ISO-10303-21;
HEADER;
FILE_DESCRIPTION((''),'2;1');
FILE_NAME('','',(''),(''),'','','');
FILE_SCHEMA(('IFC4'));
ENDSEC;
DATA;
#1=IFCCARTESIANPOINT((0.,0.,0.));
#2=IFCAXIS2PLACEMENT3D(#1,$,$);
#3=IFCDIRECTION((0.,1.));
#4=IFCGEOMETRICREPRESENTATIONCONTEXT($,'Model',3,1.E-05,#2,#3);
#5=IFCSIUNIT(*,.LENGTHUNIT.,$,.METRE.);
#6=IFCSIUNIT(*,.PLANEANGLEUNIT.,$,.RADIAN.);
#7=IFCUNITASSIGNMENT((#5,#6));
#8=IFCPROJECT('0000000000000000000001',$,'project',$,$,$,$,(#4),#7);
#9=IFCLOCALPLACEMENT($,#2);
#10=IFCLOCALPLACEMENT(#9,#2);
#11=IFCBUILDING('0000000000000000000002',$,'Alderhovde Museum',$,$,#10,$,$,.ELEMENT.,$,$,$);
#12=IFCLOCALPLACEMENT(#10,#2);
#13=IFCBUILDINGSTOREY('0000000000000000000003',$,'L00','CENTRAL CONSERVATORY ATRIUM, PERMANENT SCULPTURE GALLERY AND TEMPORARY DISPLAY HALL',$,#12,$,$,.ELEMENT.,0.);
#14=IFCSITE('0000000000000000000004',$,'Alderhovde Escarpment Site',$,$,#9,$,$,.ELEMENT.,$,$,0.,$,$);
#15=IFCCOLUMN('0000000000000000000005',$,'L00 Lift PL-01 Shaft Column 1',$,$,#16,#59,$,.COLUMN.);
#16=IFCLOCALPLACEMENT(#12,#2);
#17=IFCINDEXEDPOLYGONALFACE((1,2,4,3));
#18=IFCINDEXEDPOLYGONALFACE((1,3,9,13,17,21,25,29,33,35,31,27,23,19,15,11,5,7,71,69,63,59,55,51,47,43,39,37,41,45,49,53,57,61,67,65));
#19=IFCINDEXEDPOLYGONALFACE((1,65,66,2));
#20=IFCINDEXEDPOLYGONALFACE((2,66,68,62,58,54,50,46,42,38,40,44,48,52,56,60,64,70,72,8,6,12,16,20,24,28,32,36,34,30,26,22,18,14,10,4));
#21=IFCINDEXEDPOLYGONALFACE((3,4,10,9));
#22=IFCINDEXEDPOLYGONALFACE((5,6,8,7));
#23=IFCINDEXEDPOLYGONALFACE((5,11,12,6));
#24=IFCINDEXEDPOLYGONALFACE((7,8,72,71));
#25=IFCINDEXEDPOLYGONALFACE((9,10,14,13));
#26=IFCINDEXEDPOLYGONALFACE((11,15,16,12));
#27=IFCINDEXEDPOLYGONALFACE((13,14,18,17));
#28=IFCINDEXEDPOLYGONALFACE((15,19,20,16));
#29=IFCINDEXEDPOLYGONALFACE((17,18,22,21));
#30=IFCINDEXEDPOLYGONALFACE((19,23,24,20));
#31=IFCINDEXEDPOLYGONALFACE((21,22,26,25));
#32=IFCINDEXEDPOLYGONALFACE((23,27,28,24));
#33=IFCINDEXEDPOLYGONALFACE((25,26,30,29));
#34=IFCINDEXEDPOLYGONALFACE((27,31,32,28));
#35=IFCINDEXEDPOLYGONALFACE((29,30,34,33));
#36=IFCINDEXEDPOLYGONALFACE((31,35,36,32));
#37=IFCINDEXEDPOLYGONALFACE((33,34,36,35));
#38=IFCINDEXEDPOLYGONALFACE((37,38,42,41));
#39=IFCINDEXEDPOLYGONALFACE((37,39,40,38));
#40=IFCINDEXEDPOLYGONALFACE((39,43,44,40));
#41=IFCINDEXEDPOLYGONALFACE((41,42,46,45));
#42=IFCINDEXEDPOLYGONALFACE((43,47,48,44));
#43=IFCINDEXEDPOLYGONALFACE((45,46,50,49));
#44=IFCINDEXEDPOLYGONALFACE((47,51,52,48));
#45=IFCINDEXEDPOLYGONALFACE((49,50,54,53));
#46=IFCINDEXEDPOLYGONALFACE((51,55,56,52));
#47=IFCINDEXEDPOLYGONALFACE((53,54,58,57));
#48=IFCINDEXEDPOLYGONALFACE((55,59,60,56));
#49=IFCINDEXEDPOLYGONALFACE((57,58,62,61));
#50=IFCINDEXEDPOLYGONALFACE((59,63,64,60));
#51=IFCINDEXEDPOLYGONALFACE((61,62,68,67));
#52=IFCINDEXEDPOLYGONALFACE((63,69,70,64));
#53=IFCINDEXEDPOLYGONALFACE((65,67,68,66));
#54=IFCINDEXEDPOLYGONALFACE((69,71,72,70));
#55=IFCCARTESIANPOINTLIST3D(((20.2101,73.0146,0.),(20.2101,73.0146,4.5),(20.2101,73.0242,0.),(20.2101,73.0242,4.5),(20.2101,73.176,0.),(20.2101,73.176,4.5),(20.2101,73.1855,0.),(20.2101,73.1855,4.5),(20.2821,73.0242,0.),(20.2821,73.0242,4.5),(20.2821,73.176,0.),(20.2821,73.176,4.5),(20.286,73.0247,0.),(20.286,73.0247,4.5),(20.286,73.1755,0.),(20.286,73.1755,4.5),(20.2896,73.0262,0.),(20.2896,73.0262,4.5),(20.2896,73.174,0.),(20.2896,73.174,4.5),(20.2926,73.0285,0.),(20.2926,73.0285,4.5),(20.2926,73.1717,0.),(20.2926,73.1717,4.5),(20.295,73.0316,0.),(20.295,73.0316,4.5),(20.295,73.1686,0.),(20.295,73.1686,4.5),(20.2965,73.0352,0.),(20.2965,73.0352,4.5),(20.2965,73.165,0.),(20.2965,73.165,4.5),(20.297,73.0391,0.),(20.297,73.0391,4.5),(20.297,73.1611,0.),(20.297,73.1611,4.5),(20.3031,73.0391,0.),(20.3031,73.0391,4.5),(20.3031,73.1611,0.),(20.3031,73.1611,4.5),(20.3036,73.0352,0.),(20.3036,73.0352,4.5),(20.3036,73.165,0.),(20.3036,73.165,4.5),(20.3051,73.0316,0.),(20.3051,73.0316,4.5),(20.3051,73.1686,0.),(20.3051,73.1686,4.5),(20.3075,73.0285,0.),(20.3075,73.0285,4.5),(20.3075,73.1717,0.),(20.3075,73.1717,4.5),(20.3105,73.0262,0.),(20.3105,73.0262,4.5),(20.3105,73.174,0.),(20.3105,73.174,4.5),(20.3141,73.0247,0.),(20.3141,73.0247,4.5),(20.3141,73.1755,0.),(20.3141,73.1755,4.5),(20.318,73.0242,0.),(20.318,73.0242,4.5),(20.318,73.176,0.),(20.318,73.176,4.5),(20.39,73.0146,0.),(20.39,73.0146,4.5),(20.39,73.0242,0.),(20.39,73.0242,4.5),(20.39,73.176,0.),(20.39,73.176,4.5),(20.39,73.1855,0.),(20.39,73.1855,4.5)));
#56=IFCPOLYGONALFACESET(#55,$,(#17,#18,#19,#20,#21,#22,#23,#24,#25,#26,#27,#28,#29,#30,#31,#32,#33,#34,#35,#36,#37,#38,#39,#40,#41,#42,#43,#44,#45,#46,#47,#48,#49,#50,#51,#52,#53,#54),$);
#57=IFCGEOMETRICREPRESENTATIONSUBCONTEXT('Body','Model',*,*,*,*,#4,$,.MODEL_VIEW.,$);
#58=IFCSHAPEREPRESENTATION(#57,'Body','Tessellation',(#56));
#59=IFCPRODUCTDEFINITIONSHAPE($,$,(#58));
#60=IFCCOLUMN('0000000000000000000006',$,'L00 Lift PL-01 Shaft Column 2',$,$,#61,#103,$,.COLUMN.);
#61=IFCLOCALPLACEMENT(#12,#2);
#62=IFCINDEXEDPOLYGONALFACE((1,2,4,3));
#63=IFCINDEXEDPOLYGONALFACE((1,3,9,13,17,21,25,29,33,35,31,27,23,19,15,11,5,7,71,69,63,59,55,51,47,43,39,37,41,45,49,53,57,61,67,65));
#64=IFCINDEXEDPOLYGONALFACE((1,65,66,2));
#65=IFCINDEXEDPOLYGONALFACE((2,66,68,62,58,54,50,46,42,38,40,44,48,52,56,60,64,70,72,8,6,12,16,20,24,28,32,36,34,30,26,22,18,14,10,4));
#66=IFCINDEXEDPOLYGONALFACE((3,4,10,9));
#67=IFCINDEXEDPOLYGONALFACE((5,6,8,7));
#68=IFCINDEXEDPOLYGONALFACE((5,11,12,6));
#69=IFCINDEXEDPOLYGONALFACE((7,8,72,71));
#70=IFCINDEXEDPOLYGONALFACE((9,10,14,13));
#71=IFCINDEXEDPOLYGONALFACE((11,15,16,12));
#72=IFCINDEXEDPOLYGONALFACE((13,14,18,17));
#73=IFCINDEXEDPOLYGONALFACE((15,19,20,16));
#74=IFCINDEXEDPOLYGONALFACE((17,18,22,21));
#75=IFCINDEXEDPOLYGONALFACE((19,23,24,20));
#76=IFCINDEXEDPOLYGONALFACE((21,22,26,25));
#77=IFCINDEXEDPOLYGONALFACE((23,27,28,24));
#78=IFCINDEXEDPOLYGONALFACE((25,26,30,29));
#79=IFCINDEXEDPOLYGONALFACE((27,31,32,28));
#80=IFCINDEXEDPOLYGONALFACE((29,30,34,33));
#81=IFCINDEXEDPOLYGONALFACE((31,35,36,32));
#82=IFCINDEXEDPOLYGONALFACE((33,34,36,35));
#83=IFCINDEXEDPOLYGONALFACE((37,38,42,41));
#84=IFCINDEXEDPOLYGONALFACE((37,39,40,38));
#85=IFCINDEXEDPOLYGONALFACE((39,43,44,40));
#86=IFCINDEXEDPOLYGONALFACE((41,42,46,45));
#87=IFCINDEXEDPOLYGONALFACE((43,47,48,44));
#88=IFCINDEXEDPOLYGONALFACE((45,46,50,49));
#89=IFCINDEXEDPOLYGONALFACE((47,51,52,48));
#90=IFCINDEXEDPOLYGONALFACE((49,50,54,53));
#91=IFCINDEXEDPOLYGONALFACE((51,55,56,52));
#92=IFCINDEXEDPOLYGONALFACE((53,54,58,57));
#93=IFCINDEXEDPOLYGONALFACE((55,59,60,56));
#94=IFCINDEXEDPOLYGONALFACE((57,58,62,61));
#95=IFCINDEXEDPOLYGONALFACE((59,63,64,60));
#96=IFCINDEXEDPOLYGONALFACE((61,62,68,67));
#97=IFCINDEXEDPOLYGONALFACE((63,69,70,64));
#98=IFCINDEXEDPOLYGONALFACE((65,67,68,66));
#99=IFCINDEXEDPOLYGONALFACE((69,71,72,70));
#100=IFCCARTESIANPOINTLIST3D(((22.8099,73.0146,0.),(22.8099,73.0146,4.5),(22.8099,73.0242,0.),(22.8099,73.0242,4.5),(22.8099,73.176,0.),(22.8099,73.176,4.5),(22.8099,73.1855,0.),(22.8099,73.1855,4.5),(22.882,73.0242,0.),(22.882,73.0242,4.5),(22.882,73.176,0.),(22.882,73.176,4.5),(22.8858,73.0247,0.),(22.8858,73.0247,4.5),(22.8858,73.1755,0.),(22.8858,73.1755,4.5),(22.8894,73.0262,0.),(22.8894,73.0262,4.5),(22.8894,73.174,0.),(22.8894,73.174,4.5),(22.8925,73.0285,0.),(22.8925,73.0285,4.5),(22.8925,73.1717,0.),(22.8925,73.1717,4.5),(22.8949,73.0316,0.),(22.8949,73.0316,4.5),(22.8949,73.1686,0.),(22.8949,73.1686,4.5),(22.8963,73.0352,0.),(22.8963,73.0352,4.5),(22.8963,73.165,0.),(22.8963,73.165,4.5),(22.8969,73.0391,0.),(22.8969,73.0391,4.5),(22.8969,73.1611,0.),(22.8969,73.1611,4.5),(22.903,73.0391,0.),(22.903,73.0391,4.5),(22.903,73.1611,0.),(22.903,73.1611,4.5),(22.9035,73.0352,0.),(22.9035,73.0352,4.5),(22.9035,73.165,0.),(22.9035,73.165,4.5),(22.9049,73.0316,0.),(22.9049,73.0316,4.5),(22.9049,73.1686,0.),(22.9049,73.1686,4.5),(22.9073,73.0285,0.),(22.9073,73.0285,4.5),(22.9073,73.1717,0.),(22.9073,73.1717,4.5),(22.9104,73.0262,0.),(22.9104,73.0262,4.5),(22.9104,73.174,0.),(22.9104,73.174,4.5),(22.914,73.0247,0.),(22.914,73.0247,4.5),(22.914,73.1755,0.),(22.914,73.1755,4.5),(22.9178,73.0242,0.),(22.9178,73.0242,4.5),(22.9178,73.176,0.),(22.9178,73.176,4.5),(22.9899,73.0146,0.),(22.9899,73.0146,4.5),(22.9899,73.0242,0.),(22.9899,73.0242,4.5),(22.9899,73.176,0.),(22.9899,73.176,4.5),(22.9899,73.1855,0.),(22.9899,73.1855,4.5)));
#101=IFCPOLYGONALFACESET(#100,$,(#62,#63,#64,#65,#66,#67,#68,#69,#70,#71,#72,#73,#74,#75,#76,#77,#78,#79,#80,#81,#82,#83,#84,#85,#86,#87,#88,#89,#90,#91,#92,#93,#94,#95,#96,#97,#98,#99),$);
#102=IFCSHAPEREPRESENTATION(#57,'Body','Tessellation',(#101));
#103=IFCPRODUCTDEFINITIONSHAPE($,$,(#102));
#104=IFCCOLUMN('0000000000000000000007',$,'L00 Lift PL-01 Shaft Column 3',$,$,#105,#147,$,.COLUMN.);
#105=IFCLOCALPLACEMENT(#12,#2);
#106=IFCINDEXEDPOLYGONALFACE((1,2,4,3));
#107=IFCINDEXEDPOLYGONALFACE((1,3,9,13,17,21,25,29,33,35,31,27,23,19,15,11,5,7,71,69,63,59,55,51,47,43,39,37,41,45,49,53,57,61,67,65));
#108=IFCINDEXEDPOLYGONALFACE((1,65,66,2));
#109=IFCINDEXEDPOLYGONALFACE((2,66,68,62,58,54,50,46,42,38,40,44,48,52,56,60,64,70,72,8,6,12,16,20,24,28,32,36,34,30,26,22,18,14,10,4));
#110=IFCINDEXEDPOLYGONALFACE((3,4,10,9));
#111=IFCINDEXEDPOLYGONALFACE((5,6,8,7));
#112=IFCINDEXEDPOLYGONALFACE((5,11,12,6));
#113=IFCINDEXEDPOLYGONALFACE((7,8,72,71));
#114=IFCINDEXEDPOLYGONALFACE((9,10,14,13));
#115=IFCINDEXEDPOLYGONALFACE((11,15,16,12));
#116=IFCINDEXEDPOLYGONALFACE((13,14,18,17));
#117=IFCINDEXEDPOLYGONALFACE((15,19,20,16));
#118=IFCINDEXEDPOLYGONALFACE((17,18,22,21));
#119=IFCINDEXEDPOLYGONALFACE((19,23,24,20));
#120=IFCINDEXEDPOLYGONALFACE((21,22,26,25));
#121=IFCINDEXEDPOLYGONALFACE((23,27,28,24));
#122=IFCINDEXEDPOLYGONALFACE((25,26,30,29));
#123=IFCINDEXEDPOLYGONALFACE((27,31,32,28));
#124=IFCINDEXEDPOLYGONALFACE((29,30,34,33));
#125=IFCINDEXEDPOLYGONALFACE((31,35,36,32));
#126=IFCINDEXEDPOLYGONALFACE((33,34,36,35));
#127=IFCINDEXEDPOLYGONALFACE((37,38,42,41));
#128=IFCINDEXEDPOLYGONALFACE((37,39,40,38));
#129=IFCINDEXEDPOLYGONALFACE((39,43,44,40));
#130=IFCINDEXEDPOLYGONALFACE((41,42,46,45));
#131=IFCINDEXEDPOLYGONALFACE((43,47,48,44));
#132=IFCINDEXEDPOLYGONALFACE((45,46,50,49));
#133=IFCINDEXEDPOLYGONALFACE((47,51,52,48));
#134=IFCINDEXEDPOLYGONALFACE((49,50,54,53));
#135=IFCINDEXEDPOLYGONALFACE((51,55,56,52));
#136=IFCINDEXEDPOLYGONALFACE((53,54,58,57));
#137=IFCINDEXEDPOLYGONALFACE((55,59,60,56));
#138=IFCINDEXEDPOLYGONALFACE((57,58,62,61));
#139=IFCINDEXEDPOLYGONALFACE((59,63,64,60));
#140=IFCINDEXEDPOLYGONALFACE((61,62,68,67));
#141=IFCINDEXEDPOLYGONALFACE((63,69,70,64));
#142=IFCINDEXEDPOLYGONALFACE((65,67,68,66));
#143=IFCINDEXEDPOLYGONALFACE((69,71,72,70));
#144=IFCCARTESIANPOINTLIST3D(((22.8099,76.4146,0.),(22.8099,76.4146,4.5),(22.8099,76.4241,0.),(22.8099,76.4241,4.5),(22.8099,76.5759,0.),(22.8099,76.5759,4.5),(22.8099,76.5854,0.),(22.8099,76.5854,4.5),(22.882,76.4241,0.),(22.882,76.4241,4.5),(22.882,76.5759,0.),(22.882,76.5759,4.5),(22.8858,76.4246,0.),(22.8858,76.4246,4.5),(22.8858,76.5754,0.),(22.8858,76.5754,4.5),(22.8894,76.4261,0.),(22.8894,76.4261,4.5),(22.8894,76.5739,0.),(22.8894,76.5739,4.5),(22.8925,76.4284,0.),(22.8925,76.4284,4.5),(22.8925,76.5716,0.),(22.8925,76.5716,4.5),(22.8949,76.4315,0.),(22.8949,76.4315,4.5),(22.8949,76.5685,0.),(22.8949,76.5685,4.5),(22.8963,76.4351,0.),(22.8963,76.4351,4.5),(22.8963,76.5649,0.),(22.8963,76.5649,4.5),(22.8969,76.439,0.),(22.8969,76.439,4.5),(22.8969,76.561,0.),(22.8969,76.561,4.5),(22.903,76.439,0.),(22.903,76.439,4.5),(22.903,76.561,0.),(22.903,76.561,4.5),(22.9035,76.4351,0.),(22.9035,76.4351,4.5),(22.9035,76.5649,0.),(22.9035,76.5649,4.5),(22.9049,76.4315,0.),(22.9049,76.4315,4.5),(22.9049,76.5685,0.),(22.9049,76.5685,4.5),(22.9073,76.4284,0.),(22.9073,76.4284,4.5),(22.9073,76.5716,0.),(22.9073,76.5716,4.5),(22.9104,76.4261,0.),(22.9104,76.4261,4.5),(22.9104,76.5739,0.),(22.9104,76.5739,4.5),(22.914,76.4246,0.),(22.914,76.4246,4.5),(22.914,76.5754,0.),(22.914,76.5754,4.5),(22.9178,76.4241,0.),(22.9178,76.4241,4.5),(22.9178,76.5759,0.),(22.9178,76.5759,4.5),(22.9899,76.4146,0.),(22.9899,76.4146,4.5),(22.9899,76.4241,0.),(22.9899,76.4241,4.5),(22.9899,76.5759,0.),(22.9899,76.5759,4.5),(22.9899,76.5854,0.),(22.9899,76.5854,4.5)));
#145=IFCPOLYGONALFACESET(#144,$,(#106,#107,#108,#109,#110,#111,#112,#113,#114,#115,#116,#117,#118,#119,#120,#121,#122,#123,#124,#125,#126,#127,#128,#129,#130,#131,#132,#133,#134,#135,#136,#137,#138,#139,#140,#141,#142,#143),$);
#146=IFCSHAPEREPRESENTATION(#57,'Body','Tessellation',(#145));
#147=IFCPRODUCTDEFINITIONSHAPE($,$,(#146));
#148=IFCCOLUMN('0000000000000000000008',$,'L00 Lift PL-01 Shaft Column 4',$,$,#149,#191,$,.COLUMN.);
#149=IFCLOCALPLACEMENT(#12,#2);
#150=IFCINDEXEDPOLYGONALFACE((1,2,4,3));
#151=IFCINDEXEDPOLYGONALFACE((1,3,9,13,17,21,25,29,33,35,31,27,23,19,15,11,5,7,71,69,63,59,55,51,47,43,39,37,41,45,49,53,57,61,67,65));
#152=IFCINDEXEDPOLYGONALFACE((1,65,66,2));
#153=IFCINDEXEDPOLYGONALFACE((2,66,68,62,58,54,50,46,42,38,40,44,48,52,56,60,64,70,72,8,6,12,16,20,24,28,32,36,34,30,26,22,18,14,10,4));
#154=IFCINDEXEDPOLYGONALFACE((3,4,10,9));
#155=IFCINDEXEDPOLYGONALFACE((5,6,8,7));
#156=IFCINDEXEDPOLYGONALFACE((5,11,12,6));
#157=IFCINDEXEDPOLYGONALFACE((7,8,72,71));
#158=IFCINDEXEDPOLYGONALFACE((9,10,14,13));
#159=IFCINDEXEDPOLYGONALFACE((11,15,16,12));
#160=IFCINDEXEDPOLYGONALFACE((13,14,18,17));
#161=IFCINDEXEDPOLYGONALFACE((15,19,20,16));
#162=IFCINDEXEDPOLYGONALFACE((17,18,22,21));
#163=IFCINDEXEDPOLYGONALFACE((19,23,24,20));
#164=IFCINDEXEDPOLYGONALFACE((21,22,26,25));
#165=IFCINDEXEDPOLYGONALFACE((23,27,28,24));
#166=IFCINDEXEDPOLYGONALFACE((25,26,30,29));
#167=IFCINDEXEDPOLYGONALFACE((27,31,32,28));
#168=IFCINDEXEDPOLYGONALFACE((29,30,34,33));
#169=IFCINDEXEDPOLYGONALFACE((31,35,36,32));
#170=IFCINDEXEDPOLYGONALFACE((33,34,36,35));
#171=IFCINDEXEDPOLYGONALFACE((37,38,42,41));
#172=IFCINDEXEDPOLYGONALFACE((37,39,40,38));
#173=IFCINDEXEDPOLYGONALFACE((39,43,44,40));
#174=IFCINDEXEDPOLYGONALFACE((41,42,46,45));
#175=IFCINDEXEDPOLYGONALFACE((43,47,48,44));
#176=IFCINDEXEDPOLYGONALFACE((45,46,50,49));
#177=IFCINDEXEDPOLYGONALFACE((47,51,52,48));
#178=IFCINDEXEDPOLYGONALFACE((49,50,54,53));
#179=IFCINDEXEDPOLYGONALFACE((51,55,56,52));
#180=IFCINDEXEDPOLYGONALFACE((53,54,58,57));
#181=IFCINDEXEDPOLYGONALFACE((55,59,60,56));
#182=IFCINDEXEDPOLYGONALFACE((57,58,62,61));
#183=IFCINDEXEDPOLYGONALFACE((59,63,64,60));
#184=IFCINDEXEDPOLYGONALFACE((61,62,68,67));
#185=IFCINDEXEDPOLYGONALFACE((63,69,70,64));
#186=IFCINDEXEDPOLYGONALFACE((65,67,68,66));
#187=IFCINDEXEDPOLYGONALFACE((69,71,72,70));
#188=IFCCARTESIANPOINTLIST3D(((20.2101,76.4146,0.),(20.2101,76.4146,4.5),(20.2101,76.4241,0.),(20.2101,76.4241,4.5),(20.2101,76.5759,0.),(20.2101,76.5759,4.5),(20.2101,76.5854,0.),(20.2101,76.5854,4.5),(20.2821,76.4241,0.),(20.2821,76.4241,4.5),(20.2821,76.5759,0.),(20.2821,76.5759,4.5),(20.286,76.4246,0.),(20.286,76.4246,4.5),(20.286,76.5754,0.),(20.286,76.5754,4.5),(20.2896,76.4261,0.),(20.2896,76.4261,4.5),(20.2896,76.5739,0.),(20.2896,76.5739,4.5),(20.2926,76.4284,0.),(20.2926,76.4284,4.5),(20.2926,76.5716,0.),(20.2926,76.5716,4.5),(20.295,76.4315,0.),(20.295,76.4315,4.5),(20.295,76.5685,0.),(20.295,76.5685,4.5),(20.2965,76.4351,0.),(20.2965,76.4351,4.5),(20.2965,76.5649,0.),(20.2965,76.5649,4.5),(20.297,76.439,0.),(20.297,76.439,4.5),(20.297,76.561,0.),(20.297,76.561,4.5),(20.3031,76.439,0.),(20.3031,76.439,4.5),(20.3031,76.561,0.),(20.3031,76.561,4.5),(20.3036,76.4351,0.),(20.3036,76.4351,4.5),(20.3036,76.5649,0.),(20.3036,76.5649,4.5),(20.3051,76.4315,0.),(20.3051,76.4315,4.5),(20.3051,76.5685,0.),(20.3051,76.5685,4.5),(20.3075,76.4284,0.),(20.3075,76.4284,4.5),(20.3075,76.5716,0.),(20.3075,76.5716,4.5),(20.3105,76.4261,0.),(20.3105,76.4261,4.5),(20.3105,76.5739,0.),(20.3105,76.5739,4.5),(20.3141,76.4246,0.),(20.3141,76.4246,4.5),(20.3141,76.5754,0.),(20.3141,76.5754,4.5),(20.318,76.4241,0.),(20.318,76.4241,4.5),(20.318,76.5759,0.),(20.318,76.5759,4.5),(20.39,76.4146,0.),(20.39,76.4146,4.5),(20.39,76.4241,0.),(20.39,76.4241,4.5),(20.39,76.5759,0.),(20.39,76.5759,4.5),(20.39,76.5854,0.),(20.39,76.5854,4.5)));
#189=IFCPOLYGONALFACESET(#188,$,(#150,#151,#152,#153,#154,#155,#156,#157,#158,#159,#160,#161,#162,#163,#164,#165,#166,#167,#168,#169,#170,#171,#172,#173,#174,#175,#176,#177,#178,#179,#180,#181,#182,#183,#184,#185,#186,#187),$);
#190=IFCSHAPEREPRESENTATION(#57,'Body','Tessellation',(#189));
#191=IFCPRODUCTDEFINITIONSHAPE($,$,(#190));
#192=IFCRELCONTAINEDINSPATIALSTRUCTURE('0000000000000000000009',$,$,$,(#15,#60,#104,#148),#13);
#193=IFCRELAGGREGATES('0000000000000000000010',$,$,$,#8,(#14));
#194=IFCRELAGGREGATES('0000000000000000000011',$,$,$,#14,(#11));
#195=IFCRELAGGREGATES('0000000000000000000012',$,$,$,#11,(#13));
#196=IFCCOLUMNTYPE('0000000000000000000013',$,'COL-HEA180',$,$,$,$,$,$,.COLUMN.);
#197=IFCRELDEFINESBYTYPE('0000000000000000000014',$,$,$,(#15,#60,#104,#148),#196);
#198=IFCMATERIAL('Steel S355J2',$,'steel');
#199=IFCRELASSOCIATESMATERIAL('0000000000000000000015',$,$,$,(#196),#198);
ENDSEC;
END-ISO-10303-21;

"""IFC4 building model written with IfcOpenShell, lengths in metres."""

from ifc_helpers import new_model, si_unit, direction, frame, origin, origin_2d, place, context, subcontext, project, spatial, i_section, extrude, material, material_profile, profile_set, type_object, element, save


model = new_model("IFC4")

# Units and contexts
model_context = context("Model", 3, precision=1e-05, world=origin(), true_north=direction((0.0, 1.0)))
body_context = subcontext(model_context, "Body", "Model", "MODEL_VIEW")
ifc_project = project(units=[si_unit("LENGTHUNIT", "METRE"), si_unit("PLANEANGLEUNIT", "RADIAN")], contexts=[model_context])

# Site, building, storey
site_placement = place(None, origin())
site = spatial("IfcSite", under=ifc_project, at=site_placement, Name="Alderhovde Escarpment Site", CompositionType="ELEMENT", RefElevation=0.0)
building_placement = place(site_placement, origin())
building = spatial("IfcBuilding", under=site, at=building_placement, Name="Alderhovde Museum", CompositionType="ELEMENT")
storey_placement = place(building_placement, origin())
storey = spatial("IfcBuildingStorey", under=building, at=storey_placement, Name="L00", Description="CENTRAL CONSERVATORY ATRIUM, PERMANENT SCULPTURE GALLERY AND TEMPORARY DISPLAY HALL", CompositionType="ELEMENT", Elevation=0.0)

# Columns
ifc_material_1 = material(Name="Steel S355J2", Category="steel")
ifc_material_profile_1 = material_profile(ifc_material_1, i_section(OverallWidth=0.1799, OverallDepth=0.1709, WebThickness=0.0061, FlangeThickness=0.0095, FilletRadius=0.0149, at=origin_2d()), Name="HEA 180")
ifc_profile_set_1 = profile_set([ifc_material_profile_1], Name="Steel S355J2")
column_type = type_object("IfcColumnType", Name="COL-HEA180", PredefinedType="COLUMN", material=ifc_profile_set_1)
for number, where, z_axis, x_axis, name in (
    (1, (20.3, 73.1001, 0.0), (0.0, 0.0, 1.0), (1.0, 0.0, 0.0), "L00 Lift PL-01 Shaft Column 1"),
    (2, (22.8999, 73.1001, 0.0), (0.0, 0.0, 1.0), (1.0, 0.0, 0.0), "L00 Lift PL-01 Shaft Column 2"),
    (3, (22.8999, 76.5, 0.0), (0.0, 0.0, 1.0), (1.0, 0.0, 0.0), "L00 Lift PL-01 Shaft Column 3"),
    (4, (20.3, 76.5, 0.0), (0.0, 0.0, 1.0), (1.0, 0.0, 0.0), "L00 Lift PL-01 Shaft Column 4"),
):
    element("IfcColumn", number, at=place(storey_placement, frame(where, z_axis=z_axis, x_axis=x_axis)), inside=storey, type_object=column_type, Name=name, PredefinedType="COLUMN", context=body_context, shape_type="SweptSolid", body=[
        extrude(i_section(OverallWidth=0.1799, OverallDepth=0.1709, WebThickness=0.0061, FlangeThickness=0.0095, FilletRadius=0.0149, at=origin_2d()), origin(), (0.0, 0.0, 1.0), 4.5),
    ])

save(model, "model.ifc")
